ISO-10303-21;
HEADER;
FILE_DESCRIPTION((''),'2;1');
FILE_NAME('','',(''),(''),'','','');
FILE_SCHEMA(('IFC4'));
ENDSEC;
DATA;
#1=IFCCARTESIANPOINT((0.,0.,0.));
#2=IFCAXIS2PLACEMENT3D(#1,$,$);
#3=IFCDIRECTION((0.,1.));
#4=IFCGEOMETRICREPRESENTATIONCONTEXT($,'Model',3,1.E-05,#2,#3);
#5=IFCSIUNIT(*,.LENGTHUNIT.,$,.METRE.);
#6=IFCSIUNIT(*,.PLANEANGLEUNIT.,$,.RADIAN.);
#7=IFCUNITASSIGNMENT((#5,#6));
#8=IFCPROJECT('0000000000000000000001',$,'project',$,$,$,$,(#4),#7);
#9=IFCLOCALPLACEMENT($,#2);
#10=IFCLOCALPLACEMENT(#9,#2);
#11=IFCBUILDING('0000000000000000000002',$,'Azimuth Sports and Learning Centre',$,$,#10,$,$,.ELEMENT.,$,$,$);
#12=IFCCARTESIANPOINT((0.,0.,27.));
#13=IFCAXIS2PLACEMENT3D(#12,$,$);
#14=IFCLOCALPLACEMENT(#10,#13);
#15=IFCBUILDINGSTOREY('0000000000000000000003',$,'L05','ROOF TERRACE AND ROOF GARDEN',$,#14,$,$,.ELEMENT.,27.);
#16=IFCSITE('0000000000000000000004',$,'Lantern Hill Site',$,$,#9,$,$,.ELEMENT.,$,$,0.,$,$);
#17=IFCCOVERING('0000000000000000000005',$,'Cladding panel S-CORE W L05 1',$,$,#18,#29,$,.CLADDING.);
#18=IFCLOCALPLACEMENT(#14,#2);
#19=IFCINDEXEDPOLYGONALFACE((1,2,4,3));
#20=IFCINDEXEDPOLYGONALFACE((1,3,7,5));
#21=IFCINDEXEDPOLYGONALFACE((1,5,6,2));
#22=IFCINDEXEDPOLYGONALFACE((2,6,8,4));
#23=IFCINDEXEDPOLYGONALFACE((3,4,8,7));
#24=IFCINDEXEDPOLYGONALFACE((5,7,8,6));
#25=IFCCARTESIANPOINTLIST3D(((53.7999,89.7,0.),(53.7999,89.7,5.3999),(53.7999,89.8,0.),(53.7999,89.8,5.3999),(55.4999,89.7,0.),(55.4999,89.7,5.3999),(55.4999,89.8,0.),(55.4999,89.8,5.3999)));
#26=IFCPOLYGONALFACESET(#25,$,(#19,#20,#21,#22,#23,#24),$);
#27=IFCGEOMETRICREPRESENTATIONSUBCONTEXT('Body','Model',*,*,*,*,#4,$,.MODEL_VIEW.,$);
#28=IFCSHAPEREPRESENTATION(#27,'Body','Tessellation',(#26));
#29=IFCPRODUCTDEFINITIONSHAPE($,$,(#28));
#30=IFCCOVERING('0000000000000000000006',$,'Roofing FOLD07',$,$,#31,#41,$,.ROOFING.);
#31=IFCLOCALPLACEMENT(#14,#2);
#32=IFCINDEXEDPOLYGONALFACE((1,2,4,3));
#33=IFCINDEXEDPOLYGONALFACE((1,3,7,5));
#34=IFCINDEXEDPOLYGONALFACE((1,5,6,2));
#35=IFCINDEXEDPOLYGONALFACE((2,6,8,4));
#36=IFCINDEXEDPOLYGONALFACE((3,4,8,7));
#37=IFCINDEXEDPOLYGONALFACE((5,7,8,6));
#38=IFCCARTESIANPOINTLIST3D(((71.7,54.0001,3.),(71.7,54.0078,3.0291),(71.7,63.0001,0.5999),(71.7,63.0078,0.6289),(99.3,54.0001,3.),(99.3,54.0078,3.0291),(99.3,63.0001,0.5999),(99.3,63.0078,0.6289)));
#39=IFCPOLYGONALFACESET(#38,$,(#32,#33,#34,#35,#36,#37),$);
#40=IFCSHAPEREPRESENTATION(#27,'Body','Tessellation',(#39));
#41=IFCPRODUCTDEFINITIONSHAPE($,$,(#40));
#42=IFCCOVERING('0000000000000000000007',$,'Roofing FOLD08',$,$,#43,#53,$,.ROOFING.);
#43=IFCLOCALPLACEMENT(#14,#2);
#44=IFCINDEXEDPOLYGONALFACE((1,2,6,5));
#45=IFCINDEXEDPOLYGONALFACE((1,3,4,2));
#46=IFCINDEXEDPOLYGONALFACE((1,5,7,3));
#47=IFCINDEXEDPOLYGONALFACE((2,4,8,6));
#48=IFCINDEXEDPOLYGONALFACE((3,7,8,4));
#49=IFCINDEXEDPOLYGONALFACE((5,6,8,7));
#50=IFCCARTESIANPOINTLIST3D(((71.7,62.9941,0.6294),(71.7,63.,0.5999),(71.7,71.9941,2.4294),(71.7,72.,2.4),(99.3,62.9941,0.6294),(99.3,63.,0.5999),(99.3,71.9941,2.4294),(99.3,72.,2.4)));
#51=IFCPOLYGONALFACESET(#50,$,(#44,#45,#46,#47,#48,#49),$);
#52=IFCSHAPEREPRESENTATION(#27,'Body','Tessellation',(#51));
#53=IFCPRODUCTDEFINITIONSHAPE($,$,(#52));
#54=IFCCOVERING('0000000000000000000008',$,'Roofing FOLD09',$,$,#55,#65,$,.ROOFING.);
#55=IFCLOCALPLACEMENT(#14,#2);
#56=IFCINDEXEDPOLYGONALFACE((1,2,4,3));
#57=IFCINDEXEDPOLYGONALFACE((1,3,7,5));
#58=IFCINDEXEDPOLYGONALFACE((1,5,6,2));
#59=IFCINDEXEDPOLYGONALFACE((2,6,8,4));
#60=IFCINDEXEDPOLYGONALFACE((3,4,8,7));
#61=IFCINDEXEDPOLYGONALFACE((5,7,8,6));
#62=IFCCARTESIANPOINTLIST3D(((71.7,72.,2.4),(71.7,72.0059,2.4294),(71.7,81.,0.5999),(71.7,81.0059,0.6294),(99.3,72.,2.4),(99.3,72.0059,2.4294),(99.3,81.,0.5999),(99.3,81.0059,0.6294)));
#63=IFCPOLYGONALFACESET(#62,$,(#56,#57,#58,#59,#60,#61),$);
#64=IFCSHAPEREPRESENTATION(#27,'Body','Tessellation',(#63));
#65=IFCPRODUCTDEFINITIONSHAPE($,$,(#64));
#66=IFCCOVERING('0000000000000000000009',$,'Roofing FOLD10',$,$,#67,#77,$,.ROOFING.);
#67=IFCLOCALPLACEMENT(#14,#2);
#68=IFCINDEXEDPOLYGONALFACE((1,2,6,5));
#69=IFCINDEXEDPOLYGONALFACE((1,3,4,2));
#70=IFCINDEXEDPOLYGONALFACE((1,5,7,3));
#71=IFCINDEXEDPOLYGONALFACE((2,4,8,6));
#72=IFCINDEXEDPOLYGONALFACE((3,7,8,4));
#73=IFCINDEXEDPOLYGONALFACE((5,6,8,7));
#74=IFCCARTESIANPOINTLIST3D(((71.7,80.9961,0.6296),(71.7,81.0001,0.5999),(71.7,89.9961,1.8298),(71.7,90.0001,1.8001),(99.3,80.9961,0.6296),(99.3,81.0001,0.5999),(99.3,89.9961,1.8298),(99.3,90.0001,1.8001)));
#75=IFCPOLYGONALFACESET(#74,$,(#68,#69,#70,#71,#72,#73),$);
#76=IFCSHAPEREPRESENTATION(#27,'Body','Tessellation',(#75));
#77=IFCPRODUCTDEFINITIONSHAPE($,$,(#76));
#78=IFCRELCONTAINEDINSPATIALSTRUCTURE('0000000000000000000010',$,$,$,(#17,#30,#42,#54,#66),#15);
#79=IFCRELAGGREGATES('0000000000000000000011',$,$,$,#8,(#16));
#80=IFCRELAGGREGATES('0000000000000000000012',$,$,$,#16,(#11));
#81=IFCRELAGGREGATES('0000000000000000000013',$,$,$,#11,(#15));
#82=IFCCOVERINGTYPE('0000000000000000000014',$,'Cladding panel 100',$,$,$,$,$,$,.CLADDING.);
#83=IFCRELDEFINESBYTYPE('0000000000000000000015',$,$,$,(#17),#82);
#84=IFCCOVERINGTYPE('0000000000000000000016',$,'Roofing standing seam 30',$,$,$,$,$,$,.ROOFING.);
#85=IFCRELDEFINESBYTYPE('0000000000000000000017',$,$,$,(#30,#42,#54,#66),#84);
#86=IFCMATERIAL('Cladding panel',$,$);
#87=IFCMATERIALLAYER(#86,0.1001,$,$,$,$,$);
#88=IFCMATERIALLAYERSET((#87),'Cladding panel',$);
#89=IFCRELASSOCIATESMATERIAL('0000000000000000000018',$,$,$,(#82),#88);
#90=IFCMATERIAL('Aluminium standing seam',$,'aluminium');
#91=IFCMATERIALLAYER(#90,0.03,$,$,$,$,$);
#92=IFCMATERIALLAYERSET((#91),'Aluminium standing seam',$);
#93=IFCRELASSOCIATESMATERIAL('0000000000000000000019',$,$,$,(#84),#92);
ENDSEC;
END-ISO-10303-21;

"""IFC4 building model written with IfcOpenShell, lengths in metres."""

from ifc_helpers import new_model, si_unit, direction, frame, origin, origin_2d, place, context, subcontext, project, spatial, polyline, rectangle, outline, extrude, material, layer, layer_set, type_object, element, save


model = new_model("IFC4")

# Units and contexts
model_context = context("Model", 3, precision=1e-05, world=origin(), true_north=direction((0.0, 1.0)))
body_context = subcontext(model_context, "Body", "Model", "MODEL_VIEW")
ifc_project = project(units=[si_unit("LENGTHUNIT", "METRE"), si_unit("PLANEANGLEUNIT", "RADIAN")], contexts=[model_context])

# Site, building, storey
site_placement = place(None, origin())
site = spatial("IfcSite", under=ifc_project, at=site_placement, Name="Lantern Hill Site", CompositionType="ELEMENT", RefElevation=0.0)
building_placement = place(site_placement, origin())
building = spatial("IfcBuilding", under=site, at=building_placement, Name="Azimuth Sports and Learning Centre", CompositionType="ELEMENT")
storey_placement = place(building_placement, frame((0.0, 0.0, 27.0)))
storey = spatial("IfcBuildingStorey", under=building, at=storey_placement, Name="L05", Description="ROOF TERRACE AND ROOF GARDEN", CompositionType="ELEMENT", Elevation=27.0)

# Coverings
ifc_material_1 = material(Name="Cladding panel")
ifc_layer_1 = layer(ifc_material_1, 0.1001)
ifc_layer_set_1 = layer_set([ifc_layer_1], Name="Cladding panel")
covering_type_1 = type_object("IfcCoveringType", Name="Cladding panel 100", PredefinedType="CLADDING", material=ifc_layer_set_1)
covering_1_placement = place(storey_placement, frame((54.6499, 89.75, 0.0), z_axis=(0.0, 0.0, 1.0), x_axis=(1.0, 0.0, 0.0)))
element("IfcCovering", 1, at=covering_1_placement, inside=storey, type_object=covering_type_1, Name="Cladding panel S-CORE W L05 1", PredefinedType="CLADDING", context=body_context, shape_type="SweptSolid", body=[
    extrude(rectangle(XDim=1.7, YDim=0.1001, at=origin_2d()), origin(), (0.0, 0.0, 1.0), 5.3999),
])
ifc_material_2 = material(Name="Aluminium standing seam", Category="aluminium")
ifc_layer_2 = layer(ifc_material_2, 0.03)
ifc_layer_set_2 = layer_set([ifc_layer_2], Name="Aluminium standing seam")
covering_type_2 = type_object("IfcCoveringType", Name="Roofing standing seam 30", PredefinedType="ROOFING", material=ifc_layer_set_2)
covering_2_placement = place(storey_placement, frame((71.7, 54.0078, 3.0291), z_axis=(0.0, 0.257677, 0.966231), x_axis=(1.0, 0.0, 0.0)))
element("IfcCovering", 2, at=covering_2_placement, inside=storey, type_object=covering_type_2, Name="Roofing FOLD07", PredefinedType="ROOFING", context=body_context, shape_type="SweptSolid", body=[
    extrude(outline(polyline([(0.0, 0.0), (27.6001, 0.0), (27.6001, 9.3145), (0.0, 9.3145), (0.0, 0.0)])), origin(), (0.0, 0.0, -1.0), 0.03),
])
for number, where, z_axis, x_axis, name in (
    (3, (71.7, 62.9941, 0.6294), (0.0, -0.196121, 0.98058), (1.0, 0.0, 0.0), "Roofing FOLD08"),
    (4, (71.7, 72.0059, 2.4294), (0.0, 0.196121, 0.98058), (1.0, 0.0, 0.0), "Roofing FOLD09"),
):
    element("IfcCovering", number, at=place(storey_placement, frame(where, z_axis=z_axis, x_axis=x_axis)), inside=storey, type_object=covering_type_2, Name=name, PredefinedType="ROOFING", context=body_context, shape_type="SweptSolid", body=[
        extrude(outline(polyline([(0.0, 0.0), (27.6001, 0.0), (27.6001, 9.1782), (0.0, 9.1782), (0.0, 0.0)])), origin(), (0.0, 0.0, -1.0), 0.03),
    ])
covering_3_placement = place(storey_placement, frame((71.7, 80.9961, 0.6296), z_axis=(0.0, -0.132185, 0.991225), x_axis=(1.0, 0.0, 0.0)))
element("IfcCovering", 5, at=covering_3_placement, inside=storey, type_object=covering_type_2, Name="Roofing FOLD10", PredefinedType="ROOFING", context=body_context, shape_type="SweptSolid", body=[
    extrude(outline(polyline([(0.0, 0.0), (27.6001, 0.0), (27.6001, 9.0797), (0.0, 9.0797), (0.0, 0.0)])), origin(), (0.0, 0.0, -1.0), 0.03),
])

save(model, "model.ifc")
